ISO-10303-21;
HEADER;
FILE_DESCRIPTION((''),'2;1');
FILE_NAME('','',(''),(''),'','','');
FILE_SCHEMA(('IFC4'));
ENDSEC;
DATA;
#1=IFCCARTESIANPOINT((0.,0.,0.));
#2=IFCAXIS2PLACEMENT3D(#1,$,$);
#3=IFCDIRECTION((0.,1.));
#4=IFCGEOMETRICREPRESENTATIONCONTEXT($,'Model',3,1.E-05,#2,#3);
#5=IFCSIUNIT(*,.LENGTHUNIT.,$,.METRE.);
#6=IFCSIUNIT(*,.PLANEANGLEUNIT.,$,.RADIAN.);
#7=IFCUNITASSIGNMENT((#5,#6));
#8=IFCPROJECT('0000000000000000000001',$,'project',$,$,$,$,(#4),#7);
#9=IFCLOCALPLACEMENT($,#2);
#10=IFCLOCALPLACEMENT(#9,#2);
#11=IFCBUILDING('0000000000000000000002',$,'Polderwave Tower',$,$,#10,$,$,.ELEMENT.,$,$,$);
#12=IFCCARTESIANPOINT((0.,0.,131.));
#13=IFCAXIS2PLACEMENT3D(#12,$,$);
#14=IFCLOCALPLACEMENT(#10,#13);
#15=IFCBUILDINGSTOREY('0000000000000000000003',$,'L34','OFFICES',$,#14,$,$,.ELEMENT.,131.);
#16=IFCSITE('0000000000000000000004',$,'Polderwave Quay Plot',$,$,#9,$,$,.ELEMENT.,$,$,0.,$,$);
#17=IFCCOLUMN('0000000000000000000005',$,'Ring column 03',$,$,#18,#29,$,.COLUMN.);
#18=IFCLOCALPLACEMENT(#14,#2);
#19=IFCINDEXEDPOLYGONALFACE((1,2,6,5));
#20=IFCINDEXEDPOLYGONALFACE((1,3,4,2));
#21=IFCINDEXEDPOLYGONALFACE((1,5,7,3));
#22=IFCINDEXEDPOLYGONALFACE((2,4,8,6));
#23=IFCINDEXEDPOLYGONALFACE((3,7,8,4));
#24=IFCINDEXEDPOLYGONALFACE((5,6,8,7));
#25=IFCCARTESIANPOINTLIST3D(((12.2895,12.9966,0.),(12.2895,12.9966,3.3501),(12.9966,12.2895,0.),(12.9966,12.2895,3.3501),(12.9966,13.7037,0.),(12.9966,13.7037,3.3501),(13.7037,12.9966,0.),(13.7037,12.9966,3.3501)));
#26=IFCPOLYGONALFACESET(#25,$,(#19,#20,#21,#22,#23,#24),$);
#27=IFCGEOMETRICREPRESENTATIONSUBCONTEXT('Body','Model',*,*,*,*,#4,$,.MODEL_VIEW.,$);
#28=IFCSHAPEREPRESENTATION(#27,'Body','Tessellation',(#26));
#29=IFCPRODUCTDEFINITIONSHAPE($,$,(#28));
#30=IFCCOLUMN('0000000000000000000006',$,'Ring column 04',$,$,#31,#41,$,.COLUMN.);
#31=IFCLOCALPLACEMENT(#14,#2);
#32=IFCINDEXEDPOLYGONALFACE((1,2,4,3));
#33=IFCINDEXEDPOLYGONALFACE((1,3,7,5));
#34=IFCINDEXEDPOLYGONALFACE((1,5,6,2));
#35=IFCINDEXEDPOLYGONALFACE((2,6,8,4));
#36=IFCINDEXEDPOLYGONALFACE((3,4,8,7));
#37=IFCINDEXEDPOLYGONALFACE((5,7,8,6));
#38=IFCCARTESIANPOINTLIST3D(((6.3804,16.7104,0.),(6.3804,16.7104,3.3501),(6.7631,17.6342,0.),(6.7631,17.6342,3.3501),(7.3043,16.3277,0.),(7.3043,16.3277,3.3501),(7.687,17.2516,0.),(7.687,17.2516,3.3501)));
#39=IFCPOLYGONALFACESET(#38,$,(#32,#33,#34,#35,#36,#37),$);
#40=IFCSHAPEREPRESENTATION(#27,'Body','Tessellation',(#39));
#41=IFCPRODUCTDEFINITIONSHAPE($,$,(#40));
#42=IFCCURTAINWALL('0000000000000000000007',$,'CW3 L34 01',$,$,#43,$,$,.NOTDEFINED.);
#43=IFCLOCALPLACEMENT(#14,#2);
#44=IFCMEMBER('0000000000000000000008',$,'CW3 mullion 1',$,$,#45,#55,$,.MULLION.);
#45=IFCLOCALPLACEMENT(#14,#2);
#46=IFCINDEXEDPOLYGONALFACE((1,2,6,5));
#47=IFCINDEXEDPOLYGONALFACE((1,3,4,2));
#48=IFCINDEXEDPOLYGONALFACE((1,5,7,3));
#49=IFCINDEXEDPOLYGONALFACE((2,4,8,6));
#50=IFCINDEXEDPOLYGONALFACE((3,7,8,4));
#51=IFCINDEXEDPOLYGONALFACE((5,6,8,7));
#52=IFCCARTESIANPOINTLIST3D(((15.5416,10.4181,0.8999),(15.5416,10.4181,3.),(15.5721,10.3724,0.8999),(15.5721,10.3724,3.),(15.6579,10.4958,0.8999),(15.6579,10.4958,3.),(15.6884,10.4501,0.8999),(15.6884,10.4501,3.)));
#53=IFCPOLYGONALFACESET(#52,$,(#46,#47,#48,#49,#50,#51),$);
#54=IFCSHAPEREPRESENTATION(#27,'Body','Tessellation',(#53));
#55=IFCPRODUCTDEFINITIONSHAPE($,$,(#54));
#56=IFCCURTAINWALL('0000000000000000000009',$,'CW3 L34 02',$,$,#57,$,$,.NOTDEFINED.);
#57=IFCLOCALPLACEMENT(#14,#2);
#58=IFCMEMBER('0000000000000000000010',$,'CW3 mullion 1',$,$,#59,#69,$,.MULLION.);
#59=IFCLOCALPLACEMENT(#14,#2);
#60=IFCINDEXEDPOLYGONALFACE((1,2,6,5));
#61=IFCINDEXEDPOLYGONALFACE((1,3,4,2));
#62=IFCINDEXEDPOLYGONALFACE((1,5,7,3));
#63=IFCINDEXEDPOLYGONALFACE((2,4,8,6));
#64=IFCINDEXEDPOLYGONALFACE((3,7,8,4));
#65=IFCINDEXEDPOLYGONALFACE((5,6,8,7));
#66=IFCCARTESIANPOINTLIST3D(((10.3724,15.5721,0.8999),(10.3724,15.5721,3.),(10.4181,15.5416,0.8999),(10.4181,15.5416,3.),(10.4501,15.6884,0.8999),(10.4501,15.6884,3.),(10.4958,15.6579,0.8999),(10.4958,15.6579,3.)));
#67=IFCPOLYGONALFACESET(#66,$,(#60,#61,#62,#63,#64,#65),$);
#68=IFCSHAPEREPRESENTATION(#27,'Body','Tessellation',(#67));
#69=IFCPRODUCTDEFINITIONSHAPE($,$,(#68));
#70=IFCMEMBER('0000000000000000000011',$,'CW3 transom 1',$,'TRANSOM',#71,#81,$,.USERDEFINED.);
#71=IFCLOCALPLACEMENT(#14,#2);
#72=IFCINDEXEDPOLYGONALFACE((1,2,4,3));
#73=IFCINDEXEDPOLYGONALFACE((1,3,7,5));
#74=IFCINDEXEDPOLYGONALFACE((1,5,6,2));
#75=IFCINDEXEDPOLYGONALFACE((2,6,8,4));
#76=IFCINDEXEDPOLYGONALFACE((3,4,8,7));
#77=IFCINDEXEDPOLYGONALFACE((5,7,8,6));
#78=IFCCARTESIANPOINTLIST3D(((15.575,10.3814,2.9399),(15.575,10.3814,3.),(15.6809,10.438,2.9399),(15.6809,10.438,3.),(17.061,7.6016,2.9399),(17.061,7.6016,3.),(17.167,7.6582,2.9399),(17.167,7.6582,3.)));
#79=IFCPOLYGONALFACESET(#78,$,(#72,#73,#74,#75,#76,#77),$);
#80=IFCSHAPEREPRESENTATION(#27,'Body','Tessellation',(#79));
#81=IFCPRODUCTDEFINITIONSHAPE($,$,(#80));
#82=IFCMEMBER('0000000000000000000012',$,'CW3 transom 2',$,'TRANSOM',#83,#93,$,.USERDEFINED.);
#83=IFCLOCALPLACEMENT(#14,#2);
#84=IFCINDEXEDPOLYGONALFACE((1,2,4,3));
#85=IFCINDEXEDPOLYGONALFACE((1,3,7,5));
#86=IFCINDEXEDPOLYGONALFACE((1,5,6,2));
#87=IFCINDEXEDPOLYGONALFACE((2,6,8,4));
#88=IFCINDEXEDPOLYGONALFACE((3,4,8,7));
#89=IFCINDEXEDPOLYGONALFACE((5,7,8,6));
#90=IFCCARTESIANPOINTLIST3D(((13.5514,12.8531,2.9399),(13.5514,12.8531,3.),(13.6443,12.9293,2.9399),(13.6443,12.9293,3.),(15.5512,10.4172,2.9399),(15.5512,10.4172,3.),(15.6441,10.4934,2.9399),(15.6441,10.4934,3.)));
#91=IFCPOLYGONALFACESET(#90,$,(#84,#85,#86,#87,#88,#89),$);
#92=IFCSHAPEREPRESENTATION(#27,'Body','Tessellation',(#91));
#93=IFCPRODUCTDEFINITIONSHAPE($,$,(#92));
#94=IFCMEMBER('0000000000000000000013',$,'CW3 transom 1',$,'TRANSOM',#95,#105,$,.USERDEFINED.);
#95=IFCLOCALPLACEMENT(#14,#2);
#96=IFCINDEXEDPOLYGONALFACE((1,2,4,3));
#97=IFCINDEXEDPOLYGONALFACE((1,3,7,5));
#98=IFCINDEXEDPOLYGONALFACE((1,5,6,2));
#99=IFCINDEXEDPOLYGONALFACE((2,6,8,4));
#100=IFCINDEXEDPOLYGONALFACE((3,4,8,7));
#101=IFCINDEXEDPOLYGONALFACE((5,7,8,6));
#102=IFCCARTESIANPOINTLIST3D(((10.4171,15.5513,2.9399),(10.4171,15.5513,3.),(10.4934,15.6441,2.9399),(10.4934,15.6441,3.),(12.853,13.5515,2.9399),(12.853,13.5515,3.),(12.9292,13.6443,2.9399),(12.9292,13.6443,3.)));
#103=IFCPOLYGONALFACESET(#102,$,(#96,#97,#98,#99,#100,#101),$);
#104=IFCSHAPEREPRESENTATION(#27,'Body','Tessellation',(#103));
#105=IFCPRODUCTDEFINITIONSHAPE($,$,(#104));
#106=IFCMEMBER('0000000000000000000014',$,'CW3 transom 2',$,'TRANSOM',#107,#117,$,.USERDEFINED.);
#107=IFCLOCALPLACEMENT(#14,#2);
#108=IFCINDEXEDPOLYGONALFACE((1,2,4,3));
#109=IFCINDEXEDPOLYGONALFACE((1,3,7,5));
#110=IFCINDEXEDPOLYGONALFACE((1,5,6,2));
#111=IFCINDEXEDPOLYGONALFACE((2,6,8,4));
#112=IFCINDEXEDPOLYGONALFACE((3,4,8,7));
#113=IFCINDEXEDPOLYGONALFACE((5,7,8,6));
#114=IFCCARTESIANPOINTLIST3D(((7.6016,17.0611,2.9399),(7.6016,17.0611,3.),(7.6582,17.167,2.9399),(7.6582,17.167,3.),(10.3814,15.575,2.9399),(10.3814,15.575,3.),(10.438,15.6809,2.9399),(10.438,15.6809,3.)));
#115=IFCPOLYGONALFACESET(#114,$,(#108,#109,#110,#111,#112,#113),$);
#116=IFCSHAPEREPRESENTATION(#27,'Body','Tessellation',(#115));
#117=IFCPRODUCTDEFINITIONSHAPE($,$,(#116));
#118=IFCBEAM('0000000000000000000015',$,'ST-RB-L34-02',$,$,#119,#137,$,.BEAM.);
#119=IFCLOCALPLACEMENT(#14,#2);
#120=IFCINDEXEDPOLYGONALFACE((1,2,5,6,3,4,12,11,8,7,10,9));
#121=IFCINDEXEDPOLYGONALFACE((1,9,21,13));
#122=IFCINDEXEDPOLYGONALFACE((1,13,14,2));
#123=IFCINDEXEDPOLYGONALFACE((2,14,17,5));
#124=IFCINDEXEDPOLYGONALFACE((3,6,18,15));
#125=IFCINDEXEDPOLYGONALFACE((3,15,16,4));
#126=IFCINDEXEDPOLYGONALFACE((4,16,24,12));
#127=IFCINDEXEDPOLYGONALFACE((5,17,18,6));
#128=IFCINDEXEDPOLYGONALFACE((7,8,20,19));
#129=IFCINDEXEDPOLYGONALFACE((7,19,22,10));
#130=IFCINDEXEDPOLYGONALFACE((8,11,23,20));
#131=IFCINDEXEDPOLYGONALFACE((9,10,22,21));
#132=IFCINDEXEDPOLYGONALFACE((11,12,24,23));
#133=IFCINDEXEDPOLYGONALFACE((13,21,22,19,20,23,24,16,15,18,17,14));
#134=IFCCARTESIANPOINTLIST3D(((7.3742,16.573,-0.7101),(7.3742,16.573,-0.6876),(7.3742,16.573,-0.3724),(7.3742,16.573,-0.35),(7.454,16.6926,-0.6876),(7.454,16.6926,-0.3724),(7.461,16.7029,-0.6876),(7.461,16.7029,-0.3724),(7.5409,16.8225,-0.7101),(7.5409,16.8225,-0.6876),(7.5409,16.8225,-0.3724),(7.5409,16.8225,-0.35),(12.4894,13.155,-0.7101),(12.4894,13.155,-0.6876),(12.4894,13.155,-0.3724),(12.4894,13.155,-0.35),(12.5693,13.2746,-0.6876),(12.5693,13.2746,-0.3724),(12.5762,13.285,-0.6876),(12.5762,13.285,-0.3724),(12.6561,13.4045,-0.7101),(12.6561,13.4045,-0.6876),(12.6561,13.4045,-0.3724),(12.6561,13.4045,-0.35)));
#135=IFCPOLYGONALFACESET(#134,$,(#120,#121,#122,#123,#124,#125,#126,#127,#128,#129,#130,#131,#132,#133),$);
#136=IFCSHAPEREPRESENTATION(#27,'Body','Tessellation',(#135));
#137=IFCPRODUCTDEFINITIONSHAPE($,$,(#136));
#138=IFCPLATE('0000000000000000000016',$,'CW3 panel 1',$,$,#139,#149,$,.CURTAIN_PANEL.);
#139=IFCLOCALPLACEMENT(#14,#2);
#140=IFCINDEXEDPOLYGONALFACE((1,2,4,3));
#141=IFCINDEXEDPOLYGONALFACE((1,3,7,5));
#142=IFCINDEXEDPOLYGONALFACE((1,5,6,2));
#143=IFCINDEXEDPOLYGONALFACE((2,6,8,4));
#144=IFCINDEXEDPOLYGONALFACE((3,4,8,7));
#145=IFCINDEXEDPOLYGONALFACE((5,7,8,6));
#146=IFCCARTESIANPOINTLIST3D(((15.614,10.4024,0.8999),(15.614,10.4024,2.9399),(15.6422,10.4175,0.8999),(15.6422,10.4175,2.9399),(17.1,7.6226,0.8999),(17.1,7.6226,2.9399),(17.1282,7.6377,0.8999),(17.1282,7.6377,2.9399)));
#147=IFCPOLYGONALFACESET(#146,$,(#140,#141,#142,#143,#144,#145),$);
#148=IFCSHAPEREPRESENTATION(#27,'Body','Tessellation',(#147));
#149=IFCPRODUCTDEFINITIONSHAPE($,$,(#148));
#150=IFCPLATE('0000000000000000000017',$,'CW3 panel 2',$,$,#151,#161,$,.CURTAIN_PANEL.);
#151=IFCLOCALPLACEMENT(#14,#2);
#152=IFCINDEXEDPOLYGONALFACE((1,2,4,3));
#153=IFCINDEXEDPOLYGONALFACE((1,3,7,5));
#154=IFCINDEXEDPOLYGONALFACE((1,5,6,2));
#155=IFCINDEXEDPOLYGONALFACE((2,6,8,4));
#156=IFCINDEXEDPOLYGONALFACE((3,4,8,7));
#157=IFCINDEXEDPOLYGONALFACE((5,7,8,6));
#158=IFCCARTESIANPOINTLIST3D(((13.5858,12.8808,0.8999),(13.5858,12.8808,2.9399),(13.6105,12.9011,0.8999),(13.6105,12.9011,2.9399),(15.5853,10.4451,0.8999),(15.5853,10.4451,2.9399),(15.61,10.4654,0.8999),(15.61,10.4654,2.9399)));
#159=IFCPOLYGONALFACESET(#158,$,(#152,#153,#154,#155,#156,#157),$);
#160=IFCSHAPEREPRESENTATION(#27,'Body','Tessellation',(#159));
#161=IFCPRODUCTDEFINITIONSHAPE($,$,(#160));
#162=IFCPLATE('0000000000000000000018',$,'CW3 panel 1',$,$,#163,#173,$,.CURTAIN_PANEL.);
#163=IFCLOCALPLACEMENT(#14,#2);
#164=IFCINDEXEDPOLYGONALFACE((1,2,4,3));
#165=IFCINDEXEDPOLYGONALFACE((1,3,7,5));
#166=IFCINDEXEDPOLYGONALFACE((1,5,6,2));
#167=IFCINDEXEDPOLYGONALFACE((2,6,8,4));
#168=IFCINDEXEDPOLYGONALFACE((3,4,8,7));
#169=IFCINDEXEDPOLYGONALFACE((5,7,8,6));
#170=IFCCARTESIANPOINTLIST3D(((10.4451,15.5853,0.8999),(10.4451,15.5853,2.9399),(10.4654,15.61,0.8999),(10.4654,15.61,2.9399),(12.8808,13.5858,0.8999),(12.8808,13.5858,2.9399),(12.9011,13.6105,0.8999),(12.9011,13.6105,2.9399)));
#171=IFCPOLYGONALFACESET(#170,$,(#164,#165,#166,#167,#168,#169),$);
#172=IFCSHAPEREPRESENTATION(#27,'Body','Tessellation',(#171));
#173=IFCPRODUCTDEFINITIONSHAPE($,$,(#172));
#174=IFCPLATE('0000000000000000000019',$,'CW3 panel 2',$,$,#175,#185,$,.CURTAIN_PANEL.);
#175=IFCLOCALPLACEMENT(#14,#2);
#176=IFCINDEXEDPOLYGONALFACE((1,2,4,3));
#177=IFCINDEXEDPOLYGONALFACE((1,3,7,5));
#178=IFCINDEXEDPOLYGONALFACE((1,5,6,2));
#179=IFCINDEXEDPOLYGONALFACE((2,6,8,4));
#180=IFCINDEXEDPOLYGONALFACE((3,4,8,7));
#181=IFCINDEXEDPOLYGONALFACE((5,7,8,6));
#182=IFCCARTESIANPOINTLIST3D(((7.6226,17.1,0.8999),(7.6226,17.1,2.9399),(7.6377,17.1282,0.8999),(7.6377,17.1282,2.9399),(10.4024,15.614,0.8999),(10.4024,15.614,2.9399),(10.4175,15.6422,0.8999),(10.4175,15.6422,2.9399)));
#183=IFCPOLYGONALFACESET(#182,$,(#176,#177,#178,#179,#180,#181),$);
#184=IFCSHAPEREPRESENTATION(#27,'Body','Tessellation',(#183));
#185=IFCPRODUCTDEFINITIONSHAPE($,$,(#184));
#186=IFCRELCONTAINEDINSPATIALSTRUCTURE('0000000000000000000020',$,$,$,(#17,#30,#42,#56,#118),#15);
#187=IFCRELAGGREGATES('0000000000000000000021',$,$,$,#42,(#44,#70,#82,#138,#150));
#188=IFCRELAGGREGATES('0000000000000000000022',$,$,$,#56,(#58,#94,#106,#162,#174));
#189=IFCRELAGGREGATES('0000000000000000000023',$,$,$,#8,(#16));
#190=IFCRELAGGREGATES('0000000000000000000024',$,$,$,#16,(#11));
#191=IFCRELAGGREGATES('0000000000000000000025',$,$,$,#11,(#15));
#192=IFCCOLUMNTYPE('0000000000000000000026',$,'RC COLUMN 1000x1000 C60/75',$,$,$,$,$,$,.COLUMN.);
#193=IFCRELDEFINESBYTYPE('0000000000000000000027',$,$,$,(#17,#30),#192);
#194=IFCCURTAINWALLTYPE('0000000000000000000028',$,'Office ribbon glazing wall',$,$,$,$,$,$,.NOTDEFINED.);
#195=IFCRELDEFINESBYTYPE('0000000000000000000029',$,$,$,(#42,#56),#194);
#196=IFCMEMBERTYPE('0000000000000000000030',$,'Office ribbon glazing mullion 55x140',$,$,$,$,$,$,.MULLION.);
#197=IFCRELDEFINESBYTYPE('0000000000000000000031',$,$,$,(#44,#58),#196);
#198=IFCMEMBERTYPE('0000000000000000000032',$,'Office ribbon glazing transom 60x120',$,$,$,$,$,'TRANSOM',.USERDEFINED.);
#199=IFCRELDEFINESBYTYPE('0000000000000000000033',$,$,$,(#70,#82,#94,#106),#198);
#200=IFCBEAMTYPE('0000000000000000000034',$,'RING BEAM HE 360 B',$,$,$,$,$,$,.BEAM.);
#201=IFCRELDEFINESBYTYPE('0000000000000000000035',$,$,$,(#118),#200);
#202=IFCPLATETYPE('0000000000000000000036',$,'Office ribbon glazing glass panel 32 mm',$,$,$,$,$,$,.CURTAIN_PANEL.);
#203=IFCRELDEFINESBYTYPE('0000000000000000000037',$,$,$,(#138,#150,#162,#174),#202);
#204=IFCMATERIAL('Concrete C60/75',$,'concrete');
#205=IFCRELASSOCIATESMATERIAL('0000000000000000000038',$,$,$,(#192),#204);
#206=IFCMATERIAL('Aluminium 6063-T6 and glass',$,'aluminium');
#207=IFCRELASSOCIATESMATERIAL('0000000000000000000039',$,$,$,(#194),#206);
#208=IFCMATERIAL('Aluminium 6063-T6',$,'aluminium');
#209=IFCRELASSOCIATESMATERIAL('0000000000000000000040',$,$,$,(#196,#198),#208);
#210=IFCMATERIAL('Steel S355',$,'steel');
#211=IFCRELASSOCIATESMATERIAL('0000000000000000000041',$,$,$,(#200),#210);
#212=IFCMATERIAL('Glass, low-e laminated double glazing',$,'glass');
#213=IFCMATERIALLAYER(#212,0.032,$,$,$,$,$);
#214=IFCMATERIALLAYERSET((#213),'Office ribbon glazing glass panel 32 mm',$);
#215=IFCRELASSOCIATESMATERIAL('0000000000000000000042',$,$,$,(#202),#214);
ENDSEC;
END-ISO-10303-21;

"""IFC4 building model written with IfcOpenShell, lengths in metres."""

from ifc_helpers import new_model, si_unit, direction, frame, origin, origin_2d, place, context, subcontext, project, spatial, rectangle, i_section, extrude, material, layer, layer_set, material_profile, profile_set, type_object, element, aggregate, save


model = new_model("IFC4")

# Units and contexts
model_context = context("Model", 3, precision=1e-05, world=origin(), true_north=direction((0.0, 1.0)))
body_context = subcontext(model_context, "Body", "Model", "MODEL_VIEW")
ifc_project = project(units=[si_unit("LENGTHUNIT", "METRE"), si_unit("PLANEANGLEUNIT", "RADIAN")], contexts=[model_context])

# Site, building, storey
site_placement = place(None, origin())
site = spatial("IfcSite", under=ifc_project, at=site_placement, Name="Polderwave Quay Plot", CompositionType="ELEMENT", RefElevation=0.0)
building_placement = place(site_placement, origin())
building = spatial("IfcBuilding", under=site, at=building_placement, Name="Polderwave Tower", CompositionType="ELEMENT")
storey_placement = place(building_placement, frame((0.0, 0.0, 131.0)))
storey = spatial("IfcBuildingStorey", under=building, at=storey_placement, Name="L34", Description="OFFICES", CompositionType="ELEMENT", Elevation=131.0)

# Columns
ifc_material_1 = material(Name="Concrete C60/75", Category="concrete")
ifc_material_profile_1 = material_profile(ifc_material_1, rectangle(XDim=1.0, YDim=1.0, at=origin_2d()), Name="RC 1000x1000")
ifc_profile_set_1 = profile_set([ifc_material_profile_1], Name="Concrete C60/75")
column_type = type_object("IfcColumnType", Name="RC COLUMN 1000x1000 C60/75", PredefinedType="COLUMN", material=ifc_profile_set_1)
for number, where, z_axis, x_axis, name in (
    (1, (12.9966, 12.9966, 0.0), (0.0, 0.0, 1.0), (0.707107, 0.707107, 0.0), "Ring column 03"),
    (2, (7.0337, 16.981, 0.0), (0.0, 0.0, 1.0), (0.382683, 0.92388, 0.0), "Ring column 04"),
):
    element("IfcColumn", number, at=place(storey_placement, frame(where, z_axis=z_axis, x_axis=x_axis)), inside=storey, type_object=column_type, Name=name, PredefinedType="COLUMN", context=body_context, shape_type="SweptSolid", body=[
        extrude(rectangle(XDim=1.0, YDim=1.0, at=origin_2d()), origin(), (0.0, 0.0, 1.0), 3.3501),
    ])

# Curtain walls, members
ifc_material_2 = material(Name="Aluminium 6063-T6 and glass", Category="aluminium")
curtain_wall_type = type_object("IfcCurtainWallType", Name="Office ribbon glazing wall", PredefinedType="NOTDEFINED", material=ifc_material_2)
curtain_wall_1_placement = place(storey_placement, origin())
curtain_wall_1 = element("IfcCurtainWall", 3, at=curtain_wall_1_placement, inside=storey, type_object=curtain_wall_type, Name="CW3 L34 01", PredefinedType="NOTDEFINED")
ifc_material_3 = material(Name="Aluminium 6063-T6", Category="aluminium")
ifc_material_profile_2 = material_profile(ifc_material_3, rectangle(XDim=0.1399, YDim=0.0549, at=origin_2d()), Name="AL 55x140")
ifc_profile_set_2 = profile_set([ifc_material_profile_2], Name="Aluminium 6063-T6")
member_type_1 = type_object("IfcMemberType", Name="Office ribbon glazing mullion 55x140", PredefinedType="MULLION", material=ifc_profile_set_2)
member_1_placement = place(storey_placement, frame((15.615, 10.4341, 0.8999), z_axis=(0.0, 0.0, 1.0), x_axis=(-0.831411, -0.555657, 0.0)))
member_1 = element("IfcMember", 4, at=member_1_placement, type_object=member_type_1, Name="CW3 mullion 1", PredefinedType="MULLION", context=body_context, shape_type="SweptSolid", body=[
    extrude(rectangle(XDim=0.1399, YDim=0.0549, at=origin_2d()), origin(), (0.0, 0.0, 1.0), 2.1001),
])
curtain_wall_2_placement = place(storey_placement, origin())
curtain_wall_2 = element("IfcCurtainWall", 5, at=curtain_wall_2_placement, inside=storey, type_object=curtain_wall_type, Name="CW3 L34 02", PredefinedType="NOTDEFINED")
member_2_placement = place(storey_placement, frame((10.4341, 15.615, 0.8999), z_axis=(0.0, 0.0, 1.0), x_axis=(-0.555657, -0.831411, 0.0)))
member_2 = element("IfcMember", 6, at=member_2_placement, type_object=member_type_1, Name="CW3 mullion 1", PredefinedType="MULLION", context=body_context, shape_type="SweptSolid", body=[
    extrude(rectangle(XDim=0.1399, YDim=0.0549, at=origin_2d()), origin(), (0.0, 0.0, 1.0), 2.1001),
])

# Members
ifc_material_profile_3 = material_profile(ifc_material_3, rectangle(XDim=0.1201, YDim=0.0601, at=origin_2d()), Name="AL 60x120")
ifc_profile_set_3 = profile_set([ifc_material_profile_3], Name="Aluminium 6063-T6")
member_type_2 = type_object("IfcMemberType", Name="Office ribbon glazing transom 60x120", ElementType="TRANSOM", PredefinedType="USERDEFINED", material=ifc_profile_set_3)
member_3_placement = place(storey_placement, frame((17.114, 7.6299, 2.97), z_axis=(-0.47146, 0.881887, 0.0), x_axis=(-0.881887, -0.47146, 0.0)))
member_3 = element("IfcMember", 7, at=member_3_placement, type_object=member_type_2, Name="CW3 transom 1", ObjectType="TRANSOM", PredefinedType="USERDEFINED", context=body_context, shape_type="SweptSolid", body=[
    extrude(rectangle(XDim=0.1201, YDim=0.0601, at=origin_2d()), origin(), (0.0, 0.0, 1.0), 3.1521),
])
member_4_placement = place(storey_placement, frame((15.5977, 10.4553, 2.97), z_axis=(-0.634536, 0.772893, 0.0), x_axis=(-0.772893, -0.634536, 0.0)))
member_4 = element("IfcMember", 8, at=member_4_placement, type_object=member_type_2, Name="CW3 transom 2", ObjectType="TRANSOM", PredefinedType="USERDEFINED", context=body_context, shape_type="SweptSolid", body=[
    extrude(rectangle(XDim=0.1201, YDim=0.0601, at=origin_2d()), origin(), (0.0, 0.0, 1.0), 3.1516),
])
member_5_placement = place(storey_placement, frame((12.8911, 13.5979, 2.97), z_axis=(-0.772893, 0.634536, 0.0), x_axis=(-0.634536, -0.772893, 0.0)))
member_5 = element("IfcMember", 9, at=member_5_placement, type_object=member_type_2, Name="CW3 transom 1", ObjectType="TRANSOM", PredefinedType="USERDEFINED", context=body_context, shape_type="SweptSolid", body=[
    extrude(rectangle(XDim=0.1201, YDim=0.0601, at=origin_2d()), origin(), (0.0, 0.0, 1.0), 3.1516),
])
member_6_placement = place(storey_placement, frame((10.4097, 15.6279, 2.97), z_axis=(-0.881887, 0.47146, 0.0), x_axis=(-0.47146, -0.881887, 0.0)))
member_6 = element("IfcMember", 10, at=member_6_placement, type_object=member_type_2, Name="CW3 transom 2", ObjectType="TRANSOM", PredefinedType="USERDEFINED", context=body_context, shape_type="SweptSolid", body=[
    extrude(rectangle(XDim=0.1201, YDim=0.0601, at=origin_2d()), origin(), (0.0, 0.0, 1.0), 3.1521),
])

# Beam
ifc_material_4 = material(Name="Steel S355", Category="steel")
ifc_material_profile_4 = material_profile(ifc_material_4, i_section(OverallWidth=0.3, OverallDepth=0.3601, WebThickness=0.0125, FlangeThickness=0.0225, at=origin_2d()), Name="HE 360 B")
ifc_profile_set_4 = profile_set([ifc_material_profile_4], Name="Steel S355")
beam_type = type_object("IfcBeamType", Name="RING BEAM HE 360 B", PredefinedType="BEAM", material=ifc_profile_set_4)
beam_placement = place(storey_placement, frame((12.5728, 13.2798, -0.53), z_axis=(-0.831464, 0.555579, 0.0), x_axis=(-0.555579, -0.831464, 0.0)))
element("IfcBeam", 11, at=beam_placement, inside=storey, type_object=beam_type, Name="ST-RB-L34-02", PredefinedType="BEAM", context=body_context, shape_type="SweptSolid", body=[
    extrude(i_section(OverallWidth=0.3, OverallDepth=0.3601, WebThickness=0.0125, FlangeThickness=0.0225, at=origin_2d()), origin(), (0.0, 0.0, 1.0), 6.1521),
])

# Plates
ifc_material_5 = material(Name="Glass, low-e laminated double glazing", Category="glass")
ifc_layer_1 = layer(ifc_material_5, 0.032)
ifc_layer_set_1 = layer_set([ifc_layer_1], Name="Office ribbon glazing glass panel 32 mm")
plate_type = type_object("IfcPlateType", Name="Office ribbon glazing glass panel 32 mm", PredefinedType="CURTAIN_PANEL", material=ifc_layer_set_1)
plate_1_placement = place(storey_placement, frame((16.3711, 9.02, 0.8999), z_axis=(0.0, 0.0, 1.0), x_axis=(-0.471454, 0.881891, 0.0)))
plate_1 = element("IfcPlate", 12, at=plate_1_placement, type_object=plate_type, Name="CW3 panel 1", PredefinedType="CURTAIN_PANEL", context=body_context, shape_type="SweptSolid", body=[
    extrude(rectangle(XDim=3.1521, YDim=0.032, at=origin_2d()), origin(), (0.0, 0.0, 1.0), 2.04),
])
plate_2_placement = place(storey_placement, frame((14.5979, 11.6731, 0.8999), z_axis=(0.0, 0.0, 1.0), x_axis=(-0.634505, 0.772919, 0.0)))
plate_2 = element("IfcPlate", 13, at=plate_2_placement, type_object=plate_type, Name="CW3 panel 2", PredefinedType="CURTAIN_PANEL", context=body_context, shape_type="SweptSolid", body=[
    extrude(rectangle(XDim=3.1514, YDim=0.032, at=origin_2d()), origin(), (0.0, 0.0, 1.0), 2.04),
])
aggregate(curtain_wall_1, [member_1, member_3, member_4, plate_1, plate_2])
plate_3_placement = place(storey_placement, frame((11.6731, 14.5979, 0.8999), z_axis=(0.0, 0.0, 1.0), x_axis=(-0.772919, 0.634505, 0.0)))
plate_3 = element("IfcPlate", 14, at=plate_3_placement, type_object=plate_type, Name="CW3 panel 1", PredefinedType="CURTAIN_PANEL", context=body_context, shape_type="SweptSolid", body=[
    extrude(rectangle(XDim=3.1514, YDim=0.032, at=origin_2d()), origin(), (0.0, 0.0, 1.0), 2.04),
])
plate_4_placement = place(storey_placement, frame((9.02, 16.3711, 0.8999), z_axis=(0.0, 0.0, 1.0), x_axis=(-0.881891, 0.471454, 0.0)))
plate_4 = element("IfcPlate", 15, at=plate_4_placement, type_object=plate_type, Name="CW3 panel 2", PredefinedType="CURTAIN_PANEL", context=body_context, shape_type="SweptSolid", body=[
    extrude(rectangle(XDim=3.1521, YDim=0.032, at=origin_2d()), origin(), (0.0, 0.0, 1.0), 2.04),
])
aggregate(curtain_wall_2, [member_2, member_5, member_6, plate_3, plate_4])

save(model, "model.ifc")
